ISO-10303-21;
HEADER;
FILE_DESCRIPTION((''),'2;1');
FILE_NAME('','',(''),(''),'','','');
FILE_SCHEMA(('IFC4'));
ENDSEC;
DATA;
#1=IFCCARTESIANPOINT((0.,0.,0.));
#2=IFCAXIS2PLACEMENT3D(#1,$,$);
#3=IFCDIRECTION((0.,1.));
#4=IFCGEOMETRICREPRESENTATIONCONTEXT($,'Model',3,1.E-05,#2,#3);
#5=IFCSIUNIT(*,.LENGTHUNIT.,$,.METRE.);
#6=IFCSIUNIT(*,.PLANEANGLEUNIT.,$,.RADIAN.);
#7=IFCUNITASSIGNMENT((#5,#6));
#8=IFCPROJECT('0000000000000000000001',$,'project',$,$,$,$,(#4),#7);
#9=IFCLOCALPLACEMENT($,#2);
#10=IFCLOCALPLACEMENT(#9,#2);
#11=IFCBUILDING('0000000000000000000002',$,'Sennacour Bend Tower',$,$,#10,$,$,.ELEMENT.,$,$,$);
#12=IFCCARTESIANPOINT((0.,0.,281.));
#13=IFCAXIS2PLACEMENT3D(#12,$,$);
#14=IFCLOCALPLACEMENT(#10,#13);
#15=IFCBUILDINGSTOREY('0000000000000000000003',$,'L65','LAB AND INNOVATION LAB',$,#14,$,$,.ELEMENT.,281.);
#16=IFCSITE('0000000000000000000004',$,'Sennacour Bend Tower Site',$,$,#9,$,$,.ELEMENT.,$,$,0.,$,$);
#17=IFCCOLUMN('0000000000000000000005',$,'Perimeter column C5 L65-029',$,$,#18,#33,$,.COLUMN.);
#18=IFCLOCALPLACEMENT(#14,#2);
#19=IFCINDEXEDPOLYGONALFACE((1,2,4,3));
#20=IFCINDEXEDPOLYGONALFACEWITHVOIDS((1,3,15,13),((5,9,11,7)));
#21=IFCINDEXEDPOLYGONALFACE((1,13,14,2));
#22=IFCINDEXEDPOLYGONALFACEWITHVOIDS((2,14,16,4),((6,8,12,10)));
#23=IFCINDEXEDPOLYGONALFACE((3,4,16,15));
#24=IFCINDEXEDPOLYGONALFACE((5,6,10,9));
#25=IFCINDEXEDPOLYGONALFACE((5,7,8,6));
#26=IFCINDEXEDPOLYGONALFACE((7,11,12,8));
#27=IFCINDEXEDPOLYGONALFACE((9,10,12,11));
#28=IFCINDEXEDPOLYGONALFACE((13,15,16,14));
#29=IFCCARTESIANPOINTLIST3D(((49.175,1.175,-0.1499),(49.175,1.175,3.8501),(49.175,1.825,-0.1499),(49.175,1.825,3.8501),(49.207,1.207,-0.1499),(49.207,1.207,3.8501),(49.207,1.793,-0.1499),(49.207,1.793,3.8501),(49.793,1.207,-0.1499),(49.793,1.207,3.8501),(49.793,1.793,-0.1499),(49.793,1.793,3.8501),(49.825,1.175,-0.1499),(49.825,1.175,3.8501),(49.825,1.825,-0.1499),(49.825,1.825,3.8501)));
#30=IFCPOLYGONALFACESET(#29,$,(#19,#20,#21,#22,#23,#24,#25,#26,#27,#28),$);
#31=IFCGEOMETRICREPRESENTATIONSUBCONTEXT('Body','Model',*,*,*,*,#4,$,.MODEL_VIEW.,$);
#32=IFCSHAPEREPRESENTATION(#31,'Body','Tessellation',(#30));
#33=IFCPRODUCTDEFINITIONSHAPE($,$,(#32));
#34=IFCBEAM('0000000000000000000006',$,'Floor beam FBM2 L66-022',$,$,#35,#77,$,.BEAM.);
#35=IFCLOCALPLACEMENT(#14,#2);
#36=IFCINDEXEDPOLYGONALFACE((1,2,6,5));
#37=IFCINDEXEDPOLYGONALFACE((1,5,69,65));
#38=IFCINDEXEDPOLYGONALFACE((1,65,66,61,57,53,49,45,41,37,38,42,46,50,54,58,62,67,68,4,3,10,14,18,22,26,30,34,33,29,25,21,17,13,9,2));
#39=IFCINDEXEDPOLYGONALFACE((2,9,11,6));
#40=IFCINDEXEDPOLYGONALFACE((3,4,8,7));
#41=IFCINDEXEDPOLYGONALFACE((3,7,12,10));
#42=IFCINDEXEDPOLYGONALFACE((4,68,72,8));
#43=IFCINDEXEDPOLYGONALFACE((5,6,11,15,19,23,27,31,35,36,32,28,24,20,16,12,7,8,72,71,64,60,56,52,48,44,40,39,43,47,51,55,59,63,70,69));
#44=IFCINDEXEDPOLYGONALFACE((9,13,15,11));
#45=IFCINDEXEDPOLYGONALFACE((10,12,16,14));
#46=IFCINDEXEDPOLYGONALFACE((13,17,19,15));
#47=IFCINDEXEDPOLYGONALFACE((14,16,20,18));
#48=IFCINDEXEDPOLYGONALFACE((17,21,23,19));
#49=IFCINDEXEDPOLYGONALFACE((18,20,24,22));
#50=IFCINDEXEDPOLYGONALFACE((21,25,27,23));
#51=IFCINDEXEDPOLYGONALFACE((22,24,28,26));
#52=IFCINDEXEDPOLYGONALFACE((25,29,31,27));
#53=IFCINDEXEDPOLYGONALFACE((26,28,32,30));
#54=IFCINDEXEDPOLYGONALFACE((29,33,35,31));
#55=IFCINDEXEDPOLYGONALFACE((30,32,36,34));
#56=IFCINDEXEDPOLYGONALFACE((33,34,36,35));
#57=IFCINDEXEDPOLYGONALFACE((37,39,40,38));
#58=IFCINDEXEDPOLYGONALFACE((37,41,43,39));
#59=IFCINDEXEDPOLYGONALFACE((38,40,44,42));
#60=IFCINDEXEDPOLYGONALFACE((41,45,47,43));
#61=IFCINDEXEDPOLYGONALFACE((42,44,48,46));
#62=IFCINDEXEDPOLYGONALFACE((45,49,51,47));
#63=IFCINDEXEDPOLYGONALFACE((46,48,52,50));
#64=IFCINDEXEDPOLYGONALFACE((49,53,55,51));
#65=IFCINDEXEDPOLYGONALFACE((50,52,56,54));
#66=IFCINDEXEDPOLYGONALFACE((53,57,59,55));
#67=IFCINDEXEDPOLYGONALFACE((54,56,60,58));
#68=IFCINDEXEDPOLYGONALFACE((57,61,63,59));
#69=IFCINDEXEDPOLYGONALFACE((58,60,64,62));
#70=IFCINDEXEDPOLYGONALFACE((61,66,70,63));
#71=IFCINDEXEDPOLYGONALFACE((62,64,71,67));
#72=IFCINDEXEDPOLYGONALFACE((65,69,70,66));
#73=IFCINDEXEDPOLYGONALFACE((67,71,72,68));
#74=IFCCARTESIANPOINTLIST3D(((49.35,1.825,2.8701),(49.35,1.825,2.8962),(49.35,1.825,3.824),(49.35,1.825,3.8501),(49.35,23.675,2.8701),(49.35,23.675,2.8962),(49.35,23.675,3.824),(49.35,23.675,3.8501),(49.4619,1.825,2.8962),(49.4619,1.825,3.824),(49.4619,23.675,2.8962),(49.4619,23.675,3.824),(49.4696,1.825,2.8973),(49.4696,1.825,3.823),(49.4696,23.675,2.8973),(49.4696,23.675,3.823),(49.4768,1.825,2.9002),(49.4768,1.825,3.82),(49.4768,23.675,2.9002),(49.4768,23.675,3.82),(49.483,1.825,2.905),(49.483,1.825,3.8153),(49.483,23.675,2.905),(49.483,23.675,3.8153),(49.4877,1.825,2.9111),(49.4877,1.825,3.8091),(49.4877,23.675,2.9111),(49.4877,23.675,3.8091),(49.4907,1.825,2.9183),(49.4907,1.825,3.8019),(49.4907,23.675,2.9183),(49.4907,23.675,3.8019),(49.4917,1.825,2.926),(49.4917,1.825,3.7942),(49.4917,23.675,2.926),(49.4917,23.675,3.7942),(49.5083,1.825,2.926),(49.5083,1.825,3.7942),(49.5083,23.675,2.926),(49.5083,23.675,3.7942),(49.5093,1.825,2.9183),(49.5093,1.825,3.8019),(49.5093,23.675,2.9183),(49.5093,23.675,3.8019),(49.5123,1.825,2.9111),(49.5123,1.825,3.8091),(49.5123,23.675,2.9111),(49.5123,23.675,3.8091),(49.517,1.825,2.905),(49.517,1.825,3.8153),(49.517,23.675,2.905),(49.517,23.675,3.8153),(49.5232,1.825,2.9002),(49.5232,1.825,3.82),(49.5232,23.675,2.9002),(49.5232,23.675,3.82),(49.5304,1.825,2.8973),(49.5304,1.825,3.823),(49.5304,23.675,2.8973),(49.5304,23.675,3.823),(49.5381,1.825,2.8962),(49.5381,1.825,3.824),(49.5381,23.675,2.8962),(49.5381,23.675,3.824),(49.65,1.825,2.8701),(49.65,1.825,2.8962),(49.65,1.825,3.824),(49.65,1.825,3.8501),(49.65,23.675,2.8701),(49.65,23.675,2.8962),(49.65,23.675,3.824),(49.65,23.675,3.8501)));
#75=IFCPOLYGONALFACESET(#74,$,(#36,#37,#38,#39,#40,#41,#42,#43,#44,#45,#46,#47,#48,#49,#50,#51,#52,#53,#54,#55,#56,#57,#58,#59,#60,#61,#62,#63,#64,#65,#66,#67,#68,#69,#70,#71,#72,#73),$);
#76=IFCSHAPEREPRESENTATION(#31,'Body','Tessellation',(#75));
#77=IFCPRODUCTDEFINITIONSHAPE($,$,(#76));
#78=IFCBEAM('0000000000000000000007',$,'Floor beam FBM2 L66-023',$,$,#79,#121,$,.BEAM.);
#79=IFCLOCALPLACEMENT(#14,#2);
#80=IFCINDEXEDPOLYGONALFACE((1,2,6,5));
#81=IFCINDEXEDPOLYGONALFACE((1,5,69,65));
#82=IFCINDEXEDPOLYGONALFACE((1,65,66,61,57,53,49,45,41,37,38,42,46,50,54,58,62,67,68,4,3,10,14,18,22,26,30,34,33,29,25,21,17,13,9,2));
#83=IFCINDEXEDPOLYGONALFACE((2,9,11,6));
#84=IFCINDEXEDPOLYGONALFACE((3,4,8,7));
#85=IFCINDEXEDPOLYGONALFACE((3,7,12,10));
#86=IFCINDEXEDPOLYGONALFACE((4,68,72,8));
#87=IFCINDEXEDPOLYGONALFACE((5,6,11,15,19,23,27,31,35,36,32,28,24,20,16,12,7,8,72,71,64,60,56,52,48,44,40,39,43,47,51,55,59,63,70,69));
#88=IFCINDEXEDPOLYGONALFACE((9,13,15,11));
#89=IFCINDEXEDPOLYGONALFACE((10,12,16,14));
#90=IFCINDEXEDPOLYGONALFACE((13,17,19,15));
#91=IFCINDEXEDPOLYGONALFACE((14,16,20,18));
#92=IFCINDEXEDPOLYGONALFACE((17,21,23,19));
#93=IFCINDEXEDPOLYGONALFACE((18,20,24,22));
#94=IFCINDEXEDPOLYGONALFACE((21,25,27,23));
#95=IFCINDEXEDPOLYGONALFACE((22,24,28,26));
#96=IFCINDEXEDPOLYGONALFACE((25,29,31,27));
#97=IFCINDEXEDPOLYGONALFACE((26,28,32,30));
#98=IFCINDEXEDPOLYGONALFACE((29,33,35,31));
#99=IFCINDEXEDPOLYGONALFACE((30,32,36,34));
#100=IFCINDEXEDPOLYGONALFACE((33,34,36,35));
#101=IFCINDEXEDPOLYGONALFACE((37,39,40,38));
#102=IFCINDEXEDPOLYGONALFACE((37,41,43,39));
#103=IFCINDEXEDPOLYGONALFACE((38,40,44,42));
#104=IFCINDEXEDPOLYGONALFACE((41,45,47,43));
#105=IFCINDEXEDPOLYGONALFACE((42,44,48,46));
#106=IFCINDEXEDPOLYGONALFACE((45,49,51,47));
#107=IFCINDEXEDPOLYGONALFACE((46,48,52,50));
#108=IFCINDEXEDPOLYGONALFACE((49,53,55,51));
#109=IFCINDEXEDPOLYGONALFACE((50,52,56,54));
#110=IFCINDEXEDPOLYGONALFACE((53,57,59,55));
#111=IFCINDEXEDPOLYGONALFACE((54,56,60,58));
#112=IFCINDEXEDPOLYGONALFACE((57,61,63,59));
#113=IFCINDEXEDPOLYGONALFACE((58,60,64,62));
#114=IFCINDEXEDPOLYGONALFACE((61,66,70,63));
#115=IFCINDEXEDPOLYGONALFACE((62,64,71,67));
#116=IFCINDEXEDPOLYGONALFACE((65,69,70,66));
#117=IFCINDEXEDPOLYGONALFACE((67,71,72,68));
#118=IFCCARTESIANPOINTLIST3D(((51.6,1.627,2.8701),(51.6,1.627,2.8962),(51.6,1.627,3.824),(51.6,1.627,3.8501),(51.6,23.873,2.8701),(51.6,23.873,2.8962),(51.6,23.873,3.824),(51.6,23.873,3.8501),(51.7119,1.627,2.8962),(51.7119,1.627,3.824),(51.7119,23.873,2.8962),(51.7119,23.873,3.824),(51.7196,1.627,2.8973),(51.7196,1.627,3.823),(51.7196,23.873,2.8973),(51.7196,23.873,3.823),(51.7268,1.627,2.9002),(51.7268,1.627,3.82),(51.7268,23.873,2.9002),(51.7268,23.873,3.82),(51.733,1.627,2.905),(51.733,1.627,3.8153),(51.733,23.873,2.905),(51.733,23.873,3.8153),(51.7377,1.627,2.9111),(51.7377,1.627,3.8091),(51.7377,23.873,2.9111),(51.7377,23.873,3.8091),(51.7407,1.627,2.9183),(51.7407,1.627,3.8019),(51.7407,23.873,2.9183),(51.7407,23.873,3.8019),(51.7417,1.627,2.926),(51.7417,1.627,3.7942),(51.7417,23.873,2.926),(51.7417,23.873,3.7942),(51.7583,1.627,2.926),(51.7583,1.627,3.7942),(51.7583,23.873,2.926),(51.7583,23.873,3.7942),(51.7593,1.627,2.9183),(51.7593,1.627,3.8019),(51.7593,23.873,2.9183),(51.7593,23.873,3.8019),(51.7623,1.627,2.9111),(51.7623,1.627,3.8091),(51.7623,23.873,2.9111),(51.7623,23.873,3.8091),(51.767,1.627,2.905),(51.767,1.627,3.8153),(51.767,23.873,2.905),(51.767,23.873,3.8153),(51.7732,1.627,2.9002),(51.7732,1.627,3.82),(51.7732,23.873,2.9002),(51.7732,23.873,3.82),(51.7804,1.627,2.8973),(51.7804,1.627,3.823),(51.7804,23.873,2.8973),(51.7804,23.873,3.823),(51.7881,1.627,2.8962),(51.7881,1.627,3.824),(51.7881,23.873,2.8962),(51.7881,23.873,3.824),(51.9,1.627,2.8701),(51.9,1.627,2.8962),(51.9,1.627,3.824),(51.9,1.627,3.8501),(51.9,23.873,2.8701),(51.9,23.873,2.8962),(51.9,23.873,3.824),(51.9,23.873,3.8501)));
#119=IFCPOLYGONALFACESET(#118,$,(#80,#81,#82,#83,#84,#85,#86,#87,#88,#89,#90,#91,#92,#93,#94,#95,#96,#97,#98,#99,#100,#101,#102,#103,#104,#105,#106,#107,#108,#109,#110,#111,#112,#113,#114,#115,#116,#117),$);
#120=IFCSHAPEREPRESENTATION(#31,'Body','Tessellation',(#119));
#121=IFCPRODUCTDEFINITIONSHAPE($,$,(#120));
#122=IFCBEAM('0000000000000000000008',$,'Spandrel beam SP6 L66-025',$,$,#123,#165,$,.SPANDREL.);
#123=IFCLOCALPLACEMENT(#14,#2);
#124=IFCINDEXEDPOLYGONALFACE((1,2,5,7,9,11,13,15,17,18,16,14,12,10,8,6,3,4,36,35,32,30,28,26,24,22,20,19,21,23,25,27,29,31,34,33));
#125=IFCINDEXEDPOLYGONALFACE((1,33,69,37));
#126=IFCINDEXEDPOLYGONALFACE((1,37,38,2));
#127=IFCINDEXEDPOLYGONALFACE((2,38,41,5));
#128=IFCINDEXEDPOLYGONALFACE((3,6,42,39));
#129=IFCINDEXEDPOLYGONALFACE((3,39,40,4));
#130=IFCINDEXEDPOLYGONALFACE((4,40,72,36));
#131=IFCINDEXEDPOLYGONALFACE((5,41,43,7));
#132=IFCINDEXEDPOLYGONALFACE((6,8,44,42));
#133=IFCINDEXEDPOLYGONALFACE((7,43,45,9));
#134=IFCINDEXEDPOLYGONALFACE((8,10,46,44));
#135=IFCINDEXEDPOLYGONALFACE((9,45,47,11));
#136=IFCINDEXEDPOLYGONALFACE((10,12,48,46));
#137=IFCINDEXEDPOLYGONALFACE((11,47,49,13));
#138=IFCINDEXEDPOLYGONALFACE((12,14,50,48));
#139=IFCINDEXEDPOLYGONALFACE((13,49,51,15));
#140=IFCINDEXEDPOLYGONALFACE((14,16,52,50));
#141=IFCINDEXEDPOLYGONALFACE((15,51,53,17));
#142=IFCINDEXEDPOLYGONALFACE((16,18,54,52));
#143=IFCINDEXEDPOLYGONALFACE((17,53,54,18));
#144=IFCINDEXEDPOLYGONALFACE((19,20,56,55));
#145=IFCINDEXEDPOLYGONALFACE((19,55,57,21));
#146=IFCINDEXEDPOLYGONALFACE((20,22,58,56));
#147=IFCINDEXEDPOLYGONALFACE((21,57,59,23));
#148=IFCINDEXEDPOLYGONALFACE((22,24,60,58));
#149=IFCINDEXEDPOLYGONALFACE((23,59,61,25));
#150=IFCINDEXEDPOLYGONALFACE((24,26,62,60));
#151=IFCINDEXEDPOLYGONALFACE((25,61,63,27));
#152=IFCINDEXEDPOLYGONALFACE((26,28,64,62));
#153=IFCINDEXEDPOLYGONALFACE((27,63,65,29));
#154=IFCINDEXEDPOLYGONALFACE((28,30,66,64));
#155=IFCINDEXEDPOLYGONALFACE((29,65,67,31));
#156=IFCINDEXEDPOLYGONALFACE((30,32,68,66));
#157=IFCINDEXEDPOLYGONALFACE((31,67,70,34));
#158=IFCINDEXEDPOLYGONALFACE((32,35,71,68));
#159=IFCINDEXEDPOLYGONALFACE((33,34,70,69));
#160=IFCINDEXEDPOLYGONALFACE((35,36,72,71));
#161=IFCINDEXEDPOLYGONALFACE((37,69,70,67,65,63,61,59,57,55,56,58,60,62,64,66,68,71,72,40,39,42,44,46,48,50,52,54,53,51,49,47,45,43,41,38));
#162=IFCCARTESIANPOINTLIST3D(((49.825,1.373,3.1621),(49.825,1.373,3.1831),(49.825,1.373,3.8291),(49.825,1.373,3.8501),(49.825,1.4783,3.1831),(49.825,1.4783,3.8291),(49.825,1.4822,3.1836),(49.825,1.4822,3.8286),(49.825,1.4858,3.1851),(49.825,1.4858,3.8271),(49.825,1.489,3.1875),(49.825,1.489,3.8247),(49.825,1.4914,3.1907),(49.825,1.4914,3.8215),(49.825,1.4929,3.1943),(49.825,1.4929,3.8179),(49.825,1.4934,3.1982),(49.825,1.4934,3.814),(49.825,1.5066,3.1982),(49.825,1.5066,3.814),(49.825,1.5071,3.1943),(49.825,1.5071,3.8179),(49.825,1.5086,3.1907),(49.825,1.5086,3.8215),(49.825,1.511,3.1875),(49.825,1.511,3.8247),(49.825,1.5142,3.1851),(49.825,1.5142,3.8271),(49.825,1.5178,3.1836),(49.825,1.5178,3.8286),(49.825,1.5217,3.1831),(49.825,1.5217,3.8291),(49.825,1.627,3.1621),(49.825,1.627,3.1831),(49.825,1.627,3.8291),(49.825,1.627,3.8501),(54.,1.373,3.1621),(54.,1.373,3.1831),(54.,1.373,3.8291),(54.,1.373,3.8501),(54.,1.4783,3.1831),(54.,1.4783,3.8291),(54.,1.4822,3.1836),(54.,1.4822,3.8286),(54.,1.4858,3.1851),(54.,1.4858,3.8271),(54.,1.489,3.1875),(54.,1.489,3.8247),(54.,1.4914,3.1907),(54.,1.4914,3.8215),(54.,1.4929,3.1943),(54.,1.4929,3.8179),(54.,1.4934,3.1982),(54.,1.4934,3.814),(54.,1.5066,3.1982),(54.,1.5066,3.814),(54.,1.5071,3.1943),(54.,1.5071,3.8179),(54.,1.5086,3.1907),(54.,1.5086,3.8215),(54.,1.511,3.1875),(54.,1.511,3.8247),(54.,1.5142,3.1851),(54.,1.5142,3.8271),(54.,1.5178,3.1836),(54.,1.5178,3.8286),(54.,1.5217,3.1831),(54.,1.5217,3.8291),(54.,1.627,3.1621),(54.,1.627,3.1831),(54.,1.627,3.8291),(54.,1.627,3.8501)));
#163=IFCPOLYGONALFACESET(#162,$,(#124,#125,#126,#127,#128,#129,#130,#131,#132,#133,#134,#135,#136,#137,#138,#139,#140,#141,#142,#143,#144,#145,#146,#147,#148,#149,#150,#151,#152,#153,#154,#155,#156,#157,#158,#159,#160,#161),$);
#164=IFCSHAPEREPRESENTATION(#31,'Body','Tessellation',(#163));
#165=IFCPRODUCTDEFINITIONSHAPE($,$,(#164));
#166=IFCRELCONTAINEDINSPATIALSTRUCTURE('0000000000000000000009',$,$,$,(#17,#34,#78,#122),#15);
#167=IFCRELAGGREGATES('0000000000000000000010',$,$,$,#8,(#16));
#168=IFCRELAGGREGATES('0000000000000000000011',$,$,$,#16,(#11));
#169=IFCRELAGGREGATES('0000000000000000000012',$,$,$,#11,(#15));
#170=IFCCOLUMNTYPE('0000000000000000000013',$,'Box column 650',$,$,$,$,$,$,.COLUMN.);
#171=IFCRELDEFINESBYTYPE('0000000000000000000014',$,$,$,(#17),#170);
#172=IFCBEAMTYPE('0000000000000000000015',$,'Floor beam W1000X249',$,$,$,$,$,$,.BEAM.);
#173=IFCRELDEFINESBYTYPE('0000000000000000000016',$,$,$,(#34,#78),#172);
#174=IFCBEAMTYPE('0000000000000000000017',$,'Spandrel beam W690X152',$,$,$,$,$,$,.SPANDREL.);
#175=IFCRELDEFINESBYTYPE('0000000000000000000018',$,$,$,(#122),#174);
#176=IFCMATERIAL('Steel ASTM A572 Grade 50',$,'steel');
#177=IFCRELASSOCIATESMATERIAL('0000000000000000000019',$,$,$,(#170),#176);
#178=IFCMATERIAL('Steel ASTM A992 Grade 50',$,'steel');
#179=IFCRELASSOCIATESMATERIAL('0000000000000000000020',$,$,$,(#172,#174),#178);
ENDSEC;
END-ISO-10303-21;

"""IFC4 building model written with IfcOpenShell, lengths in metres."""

from ifc_helpers import new_model, si_unit, direction, frame, origin, origin_2d, place, context, subcontext, project, spatial, hollow_rectangle, i_section, extrude, material, material_profile, profile_set, type_object, element, save


model = new_model("IFC4")

# Units and contexts
model_context = context("Model", 3, precision=1e-05, world=origin(), true_north=direction((0.0, 1.0)))
body_context = subcontext(model_context, "Body", "Model", "MODEL_VIEW")
ifc_project = project(units=[si_unit("LENGTHUNIT", "METRE"), si_unit("PLANEANGLEUNIT", "RADIAN")], contexts=[model_context])

# Site, building, storey
site_placement = place(None, origin())
site = spatial("IfcSite", under=ifc_project, at=site_placement, Name="Sennacour Bend Tower Site", CompositionType="ELEMENT", RefElevation=0.0)
building_placement = place(site_placement, origin())
building = spatial("IfcBuilding", under=site, at=building_placement, Name="Sennacour Bend Tower", CompositionType="ELEMENT")
storey_placement = place(building_placement, frame((0.0, 0.0, 281.0)))
storey = spatial("IfcBuildingStorey", under=building, at=storey_placement, Name="L65", Description="LAB AND INNOVATION LAB", CompositionType="ELEMENT", Elevation=281.0)

# Column
ifc_material_1 = material(Name="Steel ASTM A572 Grade 50", Category="steel")
ifc_material_profile_1 = material_profile(ifc_material_1, hollow_rectangle(XDim=0.6499, YDim=0.6499, WallThickness=0.032, at=origin_2d()), Name="Steel ASTM A572 Grade 50", Category="steel")
ifc_profile_set_1 = profile_set([ifc_material_profile_1], Name="Steel ASTM A572 Grade 50")
column_type = type_object("IfcColumnType", Name="Box column 650", PredefinedType="COLUMN", material=ifc_profile_set_1)
column_placement = place(storey_placement, frame((49.5, 1.5, -0.1499), z_axis=(0.0, 0.0, 1.0), x_axis=(1.0, 0.0, 0.0)))
element("IfcColumn", 1, at=column_placement, inside=storey, type_object=column_type, Name="Perimeter column C5 L65-029", PredefinedType="COLUMN", context=body_context, shape_type="SweptSolid", body=[
    extrude(hollow_rectangle(XDim=0.6499, YDim=0.6499, WallThickness=0.032, at=origin_2d()), origin(), (0.0, 0.0, 1.0), 4.0),
])

# Beams
ifc_material_2 = material(Name="Steel ASTM A992 Grade 50", Category="steel")
ifc_material_profile_2 = material_profile(ifc_material_2, i_section(OverallWidth=0.3, OverallDepth=0.98, WebThickness=0.0166, FlangeThickness=0.0261, FilletRadius=0.0298, at=origin_2d()), Name="Steel ASTM A992 Grade 50", Category="steel")
ifc_profile_set_2 = profile_set([ifc_material_profile_2], Name="Steel ASTM A992 Grade 50")
beam_type_1 = type_object("IfcBeamType", Name="Floor beam W1000X249", PredefinedType="BEAM", material=ifc_profile_set_2)
beam_1_placement = place(storey_placement, frame((49.5, 1.825, 3.3601), z_axis=(0.0, 1.0, 0.0), x_axis=(-1.0, 0.0, 0.0)))
element("IfcBeam", 2, at=beam_1_placement, inside=storey, type_object=beam_type_1, Name="Floor beam FBM2 L66-022", PredefinedType="BEAM", context=body_context, shape_type="SweptSolid", body=[
    extrude(i_section(OverallWidth=0.3, OverallDepth=0.98, WebThickness=0.0166, FlangeThickness=0.0261, FilletRadius=0.0298, at=origin_2d()), origin(), (0.0, 0.0, 1.0), 21.8501),
])
beam_2_placement = place(storey_placement, frame((51.75, 1.627, 3.3601), z_axis=(0.0, 1.0, 0.0), x_axis=(-1.0, 0.0, 0.0)))
element("IfcBeam", 3, at=beam_2_placement, inside=storey, type_object=beam_type_1, Name="Floor beam FBM2 L66-023", PredefinedType="BEAM", context=body_context, shape_type="SweptSolid", body=[
    extrude(i_section(OverallWidth=0.3, OverallDepth=0.98, WebThickness=0.0166, FlangeThickness=0.0261, FilletRadius=0.0298, at=origin_2d()), origin(), (0.0, 0.0, 1.0), 22.2461),
])
ifc_material_profile_3 = material_profile(ifc_material_2, i_section(OverallWidth=0.2539, OverallDepth=0.688, WebThickness=0.0132, FlangeThickness=0.021, FilletRadius=0.0151, at=origin_2d()), Name="Steel ASTM A992 Grade 50", Category="steel")
ifc_profile_set_3 = profile_set([ifc_material_profile_3], Name="Steel ASTM A992 Grade 50")
beam_type_2 = type_object("IfcBeamType", Name="Spandrel beam W690X152", PredefinedType="SPANDREL", material=ifc_profile_set_3)
beam_3_placement = place(storey_placement, frame((54.0, 1.5, 3.5061), z_axis=(-1.0, 0.0, 0.0), x_axis=(0.0, -1.0, 0.0)))
element("IfcBeam", 4, at=beam_3_placement, inside=storey, type_object=beam_type_2, Name="Spandrel beam SP6 L66-025", PredefinedType="SPANDREL", context=body_context, shape_type="SweptSolid", body=[
    extrude(i_section(OverallWidth=0.2539, OverallDepth=0.688, WebThickness=0.0132, FlangeThickness=0.021, FilletRadius=0.0151, at=origin_2d()), origin(), (0.0, 0.0, 1.0), 4.175),
])

save(model, "model.ifc")
